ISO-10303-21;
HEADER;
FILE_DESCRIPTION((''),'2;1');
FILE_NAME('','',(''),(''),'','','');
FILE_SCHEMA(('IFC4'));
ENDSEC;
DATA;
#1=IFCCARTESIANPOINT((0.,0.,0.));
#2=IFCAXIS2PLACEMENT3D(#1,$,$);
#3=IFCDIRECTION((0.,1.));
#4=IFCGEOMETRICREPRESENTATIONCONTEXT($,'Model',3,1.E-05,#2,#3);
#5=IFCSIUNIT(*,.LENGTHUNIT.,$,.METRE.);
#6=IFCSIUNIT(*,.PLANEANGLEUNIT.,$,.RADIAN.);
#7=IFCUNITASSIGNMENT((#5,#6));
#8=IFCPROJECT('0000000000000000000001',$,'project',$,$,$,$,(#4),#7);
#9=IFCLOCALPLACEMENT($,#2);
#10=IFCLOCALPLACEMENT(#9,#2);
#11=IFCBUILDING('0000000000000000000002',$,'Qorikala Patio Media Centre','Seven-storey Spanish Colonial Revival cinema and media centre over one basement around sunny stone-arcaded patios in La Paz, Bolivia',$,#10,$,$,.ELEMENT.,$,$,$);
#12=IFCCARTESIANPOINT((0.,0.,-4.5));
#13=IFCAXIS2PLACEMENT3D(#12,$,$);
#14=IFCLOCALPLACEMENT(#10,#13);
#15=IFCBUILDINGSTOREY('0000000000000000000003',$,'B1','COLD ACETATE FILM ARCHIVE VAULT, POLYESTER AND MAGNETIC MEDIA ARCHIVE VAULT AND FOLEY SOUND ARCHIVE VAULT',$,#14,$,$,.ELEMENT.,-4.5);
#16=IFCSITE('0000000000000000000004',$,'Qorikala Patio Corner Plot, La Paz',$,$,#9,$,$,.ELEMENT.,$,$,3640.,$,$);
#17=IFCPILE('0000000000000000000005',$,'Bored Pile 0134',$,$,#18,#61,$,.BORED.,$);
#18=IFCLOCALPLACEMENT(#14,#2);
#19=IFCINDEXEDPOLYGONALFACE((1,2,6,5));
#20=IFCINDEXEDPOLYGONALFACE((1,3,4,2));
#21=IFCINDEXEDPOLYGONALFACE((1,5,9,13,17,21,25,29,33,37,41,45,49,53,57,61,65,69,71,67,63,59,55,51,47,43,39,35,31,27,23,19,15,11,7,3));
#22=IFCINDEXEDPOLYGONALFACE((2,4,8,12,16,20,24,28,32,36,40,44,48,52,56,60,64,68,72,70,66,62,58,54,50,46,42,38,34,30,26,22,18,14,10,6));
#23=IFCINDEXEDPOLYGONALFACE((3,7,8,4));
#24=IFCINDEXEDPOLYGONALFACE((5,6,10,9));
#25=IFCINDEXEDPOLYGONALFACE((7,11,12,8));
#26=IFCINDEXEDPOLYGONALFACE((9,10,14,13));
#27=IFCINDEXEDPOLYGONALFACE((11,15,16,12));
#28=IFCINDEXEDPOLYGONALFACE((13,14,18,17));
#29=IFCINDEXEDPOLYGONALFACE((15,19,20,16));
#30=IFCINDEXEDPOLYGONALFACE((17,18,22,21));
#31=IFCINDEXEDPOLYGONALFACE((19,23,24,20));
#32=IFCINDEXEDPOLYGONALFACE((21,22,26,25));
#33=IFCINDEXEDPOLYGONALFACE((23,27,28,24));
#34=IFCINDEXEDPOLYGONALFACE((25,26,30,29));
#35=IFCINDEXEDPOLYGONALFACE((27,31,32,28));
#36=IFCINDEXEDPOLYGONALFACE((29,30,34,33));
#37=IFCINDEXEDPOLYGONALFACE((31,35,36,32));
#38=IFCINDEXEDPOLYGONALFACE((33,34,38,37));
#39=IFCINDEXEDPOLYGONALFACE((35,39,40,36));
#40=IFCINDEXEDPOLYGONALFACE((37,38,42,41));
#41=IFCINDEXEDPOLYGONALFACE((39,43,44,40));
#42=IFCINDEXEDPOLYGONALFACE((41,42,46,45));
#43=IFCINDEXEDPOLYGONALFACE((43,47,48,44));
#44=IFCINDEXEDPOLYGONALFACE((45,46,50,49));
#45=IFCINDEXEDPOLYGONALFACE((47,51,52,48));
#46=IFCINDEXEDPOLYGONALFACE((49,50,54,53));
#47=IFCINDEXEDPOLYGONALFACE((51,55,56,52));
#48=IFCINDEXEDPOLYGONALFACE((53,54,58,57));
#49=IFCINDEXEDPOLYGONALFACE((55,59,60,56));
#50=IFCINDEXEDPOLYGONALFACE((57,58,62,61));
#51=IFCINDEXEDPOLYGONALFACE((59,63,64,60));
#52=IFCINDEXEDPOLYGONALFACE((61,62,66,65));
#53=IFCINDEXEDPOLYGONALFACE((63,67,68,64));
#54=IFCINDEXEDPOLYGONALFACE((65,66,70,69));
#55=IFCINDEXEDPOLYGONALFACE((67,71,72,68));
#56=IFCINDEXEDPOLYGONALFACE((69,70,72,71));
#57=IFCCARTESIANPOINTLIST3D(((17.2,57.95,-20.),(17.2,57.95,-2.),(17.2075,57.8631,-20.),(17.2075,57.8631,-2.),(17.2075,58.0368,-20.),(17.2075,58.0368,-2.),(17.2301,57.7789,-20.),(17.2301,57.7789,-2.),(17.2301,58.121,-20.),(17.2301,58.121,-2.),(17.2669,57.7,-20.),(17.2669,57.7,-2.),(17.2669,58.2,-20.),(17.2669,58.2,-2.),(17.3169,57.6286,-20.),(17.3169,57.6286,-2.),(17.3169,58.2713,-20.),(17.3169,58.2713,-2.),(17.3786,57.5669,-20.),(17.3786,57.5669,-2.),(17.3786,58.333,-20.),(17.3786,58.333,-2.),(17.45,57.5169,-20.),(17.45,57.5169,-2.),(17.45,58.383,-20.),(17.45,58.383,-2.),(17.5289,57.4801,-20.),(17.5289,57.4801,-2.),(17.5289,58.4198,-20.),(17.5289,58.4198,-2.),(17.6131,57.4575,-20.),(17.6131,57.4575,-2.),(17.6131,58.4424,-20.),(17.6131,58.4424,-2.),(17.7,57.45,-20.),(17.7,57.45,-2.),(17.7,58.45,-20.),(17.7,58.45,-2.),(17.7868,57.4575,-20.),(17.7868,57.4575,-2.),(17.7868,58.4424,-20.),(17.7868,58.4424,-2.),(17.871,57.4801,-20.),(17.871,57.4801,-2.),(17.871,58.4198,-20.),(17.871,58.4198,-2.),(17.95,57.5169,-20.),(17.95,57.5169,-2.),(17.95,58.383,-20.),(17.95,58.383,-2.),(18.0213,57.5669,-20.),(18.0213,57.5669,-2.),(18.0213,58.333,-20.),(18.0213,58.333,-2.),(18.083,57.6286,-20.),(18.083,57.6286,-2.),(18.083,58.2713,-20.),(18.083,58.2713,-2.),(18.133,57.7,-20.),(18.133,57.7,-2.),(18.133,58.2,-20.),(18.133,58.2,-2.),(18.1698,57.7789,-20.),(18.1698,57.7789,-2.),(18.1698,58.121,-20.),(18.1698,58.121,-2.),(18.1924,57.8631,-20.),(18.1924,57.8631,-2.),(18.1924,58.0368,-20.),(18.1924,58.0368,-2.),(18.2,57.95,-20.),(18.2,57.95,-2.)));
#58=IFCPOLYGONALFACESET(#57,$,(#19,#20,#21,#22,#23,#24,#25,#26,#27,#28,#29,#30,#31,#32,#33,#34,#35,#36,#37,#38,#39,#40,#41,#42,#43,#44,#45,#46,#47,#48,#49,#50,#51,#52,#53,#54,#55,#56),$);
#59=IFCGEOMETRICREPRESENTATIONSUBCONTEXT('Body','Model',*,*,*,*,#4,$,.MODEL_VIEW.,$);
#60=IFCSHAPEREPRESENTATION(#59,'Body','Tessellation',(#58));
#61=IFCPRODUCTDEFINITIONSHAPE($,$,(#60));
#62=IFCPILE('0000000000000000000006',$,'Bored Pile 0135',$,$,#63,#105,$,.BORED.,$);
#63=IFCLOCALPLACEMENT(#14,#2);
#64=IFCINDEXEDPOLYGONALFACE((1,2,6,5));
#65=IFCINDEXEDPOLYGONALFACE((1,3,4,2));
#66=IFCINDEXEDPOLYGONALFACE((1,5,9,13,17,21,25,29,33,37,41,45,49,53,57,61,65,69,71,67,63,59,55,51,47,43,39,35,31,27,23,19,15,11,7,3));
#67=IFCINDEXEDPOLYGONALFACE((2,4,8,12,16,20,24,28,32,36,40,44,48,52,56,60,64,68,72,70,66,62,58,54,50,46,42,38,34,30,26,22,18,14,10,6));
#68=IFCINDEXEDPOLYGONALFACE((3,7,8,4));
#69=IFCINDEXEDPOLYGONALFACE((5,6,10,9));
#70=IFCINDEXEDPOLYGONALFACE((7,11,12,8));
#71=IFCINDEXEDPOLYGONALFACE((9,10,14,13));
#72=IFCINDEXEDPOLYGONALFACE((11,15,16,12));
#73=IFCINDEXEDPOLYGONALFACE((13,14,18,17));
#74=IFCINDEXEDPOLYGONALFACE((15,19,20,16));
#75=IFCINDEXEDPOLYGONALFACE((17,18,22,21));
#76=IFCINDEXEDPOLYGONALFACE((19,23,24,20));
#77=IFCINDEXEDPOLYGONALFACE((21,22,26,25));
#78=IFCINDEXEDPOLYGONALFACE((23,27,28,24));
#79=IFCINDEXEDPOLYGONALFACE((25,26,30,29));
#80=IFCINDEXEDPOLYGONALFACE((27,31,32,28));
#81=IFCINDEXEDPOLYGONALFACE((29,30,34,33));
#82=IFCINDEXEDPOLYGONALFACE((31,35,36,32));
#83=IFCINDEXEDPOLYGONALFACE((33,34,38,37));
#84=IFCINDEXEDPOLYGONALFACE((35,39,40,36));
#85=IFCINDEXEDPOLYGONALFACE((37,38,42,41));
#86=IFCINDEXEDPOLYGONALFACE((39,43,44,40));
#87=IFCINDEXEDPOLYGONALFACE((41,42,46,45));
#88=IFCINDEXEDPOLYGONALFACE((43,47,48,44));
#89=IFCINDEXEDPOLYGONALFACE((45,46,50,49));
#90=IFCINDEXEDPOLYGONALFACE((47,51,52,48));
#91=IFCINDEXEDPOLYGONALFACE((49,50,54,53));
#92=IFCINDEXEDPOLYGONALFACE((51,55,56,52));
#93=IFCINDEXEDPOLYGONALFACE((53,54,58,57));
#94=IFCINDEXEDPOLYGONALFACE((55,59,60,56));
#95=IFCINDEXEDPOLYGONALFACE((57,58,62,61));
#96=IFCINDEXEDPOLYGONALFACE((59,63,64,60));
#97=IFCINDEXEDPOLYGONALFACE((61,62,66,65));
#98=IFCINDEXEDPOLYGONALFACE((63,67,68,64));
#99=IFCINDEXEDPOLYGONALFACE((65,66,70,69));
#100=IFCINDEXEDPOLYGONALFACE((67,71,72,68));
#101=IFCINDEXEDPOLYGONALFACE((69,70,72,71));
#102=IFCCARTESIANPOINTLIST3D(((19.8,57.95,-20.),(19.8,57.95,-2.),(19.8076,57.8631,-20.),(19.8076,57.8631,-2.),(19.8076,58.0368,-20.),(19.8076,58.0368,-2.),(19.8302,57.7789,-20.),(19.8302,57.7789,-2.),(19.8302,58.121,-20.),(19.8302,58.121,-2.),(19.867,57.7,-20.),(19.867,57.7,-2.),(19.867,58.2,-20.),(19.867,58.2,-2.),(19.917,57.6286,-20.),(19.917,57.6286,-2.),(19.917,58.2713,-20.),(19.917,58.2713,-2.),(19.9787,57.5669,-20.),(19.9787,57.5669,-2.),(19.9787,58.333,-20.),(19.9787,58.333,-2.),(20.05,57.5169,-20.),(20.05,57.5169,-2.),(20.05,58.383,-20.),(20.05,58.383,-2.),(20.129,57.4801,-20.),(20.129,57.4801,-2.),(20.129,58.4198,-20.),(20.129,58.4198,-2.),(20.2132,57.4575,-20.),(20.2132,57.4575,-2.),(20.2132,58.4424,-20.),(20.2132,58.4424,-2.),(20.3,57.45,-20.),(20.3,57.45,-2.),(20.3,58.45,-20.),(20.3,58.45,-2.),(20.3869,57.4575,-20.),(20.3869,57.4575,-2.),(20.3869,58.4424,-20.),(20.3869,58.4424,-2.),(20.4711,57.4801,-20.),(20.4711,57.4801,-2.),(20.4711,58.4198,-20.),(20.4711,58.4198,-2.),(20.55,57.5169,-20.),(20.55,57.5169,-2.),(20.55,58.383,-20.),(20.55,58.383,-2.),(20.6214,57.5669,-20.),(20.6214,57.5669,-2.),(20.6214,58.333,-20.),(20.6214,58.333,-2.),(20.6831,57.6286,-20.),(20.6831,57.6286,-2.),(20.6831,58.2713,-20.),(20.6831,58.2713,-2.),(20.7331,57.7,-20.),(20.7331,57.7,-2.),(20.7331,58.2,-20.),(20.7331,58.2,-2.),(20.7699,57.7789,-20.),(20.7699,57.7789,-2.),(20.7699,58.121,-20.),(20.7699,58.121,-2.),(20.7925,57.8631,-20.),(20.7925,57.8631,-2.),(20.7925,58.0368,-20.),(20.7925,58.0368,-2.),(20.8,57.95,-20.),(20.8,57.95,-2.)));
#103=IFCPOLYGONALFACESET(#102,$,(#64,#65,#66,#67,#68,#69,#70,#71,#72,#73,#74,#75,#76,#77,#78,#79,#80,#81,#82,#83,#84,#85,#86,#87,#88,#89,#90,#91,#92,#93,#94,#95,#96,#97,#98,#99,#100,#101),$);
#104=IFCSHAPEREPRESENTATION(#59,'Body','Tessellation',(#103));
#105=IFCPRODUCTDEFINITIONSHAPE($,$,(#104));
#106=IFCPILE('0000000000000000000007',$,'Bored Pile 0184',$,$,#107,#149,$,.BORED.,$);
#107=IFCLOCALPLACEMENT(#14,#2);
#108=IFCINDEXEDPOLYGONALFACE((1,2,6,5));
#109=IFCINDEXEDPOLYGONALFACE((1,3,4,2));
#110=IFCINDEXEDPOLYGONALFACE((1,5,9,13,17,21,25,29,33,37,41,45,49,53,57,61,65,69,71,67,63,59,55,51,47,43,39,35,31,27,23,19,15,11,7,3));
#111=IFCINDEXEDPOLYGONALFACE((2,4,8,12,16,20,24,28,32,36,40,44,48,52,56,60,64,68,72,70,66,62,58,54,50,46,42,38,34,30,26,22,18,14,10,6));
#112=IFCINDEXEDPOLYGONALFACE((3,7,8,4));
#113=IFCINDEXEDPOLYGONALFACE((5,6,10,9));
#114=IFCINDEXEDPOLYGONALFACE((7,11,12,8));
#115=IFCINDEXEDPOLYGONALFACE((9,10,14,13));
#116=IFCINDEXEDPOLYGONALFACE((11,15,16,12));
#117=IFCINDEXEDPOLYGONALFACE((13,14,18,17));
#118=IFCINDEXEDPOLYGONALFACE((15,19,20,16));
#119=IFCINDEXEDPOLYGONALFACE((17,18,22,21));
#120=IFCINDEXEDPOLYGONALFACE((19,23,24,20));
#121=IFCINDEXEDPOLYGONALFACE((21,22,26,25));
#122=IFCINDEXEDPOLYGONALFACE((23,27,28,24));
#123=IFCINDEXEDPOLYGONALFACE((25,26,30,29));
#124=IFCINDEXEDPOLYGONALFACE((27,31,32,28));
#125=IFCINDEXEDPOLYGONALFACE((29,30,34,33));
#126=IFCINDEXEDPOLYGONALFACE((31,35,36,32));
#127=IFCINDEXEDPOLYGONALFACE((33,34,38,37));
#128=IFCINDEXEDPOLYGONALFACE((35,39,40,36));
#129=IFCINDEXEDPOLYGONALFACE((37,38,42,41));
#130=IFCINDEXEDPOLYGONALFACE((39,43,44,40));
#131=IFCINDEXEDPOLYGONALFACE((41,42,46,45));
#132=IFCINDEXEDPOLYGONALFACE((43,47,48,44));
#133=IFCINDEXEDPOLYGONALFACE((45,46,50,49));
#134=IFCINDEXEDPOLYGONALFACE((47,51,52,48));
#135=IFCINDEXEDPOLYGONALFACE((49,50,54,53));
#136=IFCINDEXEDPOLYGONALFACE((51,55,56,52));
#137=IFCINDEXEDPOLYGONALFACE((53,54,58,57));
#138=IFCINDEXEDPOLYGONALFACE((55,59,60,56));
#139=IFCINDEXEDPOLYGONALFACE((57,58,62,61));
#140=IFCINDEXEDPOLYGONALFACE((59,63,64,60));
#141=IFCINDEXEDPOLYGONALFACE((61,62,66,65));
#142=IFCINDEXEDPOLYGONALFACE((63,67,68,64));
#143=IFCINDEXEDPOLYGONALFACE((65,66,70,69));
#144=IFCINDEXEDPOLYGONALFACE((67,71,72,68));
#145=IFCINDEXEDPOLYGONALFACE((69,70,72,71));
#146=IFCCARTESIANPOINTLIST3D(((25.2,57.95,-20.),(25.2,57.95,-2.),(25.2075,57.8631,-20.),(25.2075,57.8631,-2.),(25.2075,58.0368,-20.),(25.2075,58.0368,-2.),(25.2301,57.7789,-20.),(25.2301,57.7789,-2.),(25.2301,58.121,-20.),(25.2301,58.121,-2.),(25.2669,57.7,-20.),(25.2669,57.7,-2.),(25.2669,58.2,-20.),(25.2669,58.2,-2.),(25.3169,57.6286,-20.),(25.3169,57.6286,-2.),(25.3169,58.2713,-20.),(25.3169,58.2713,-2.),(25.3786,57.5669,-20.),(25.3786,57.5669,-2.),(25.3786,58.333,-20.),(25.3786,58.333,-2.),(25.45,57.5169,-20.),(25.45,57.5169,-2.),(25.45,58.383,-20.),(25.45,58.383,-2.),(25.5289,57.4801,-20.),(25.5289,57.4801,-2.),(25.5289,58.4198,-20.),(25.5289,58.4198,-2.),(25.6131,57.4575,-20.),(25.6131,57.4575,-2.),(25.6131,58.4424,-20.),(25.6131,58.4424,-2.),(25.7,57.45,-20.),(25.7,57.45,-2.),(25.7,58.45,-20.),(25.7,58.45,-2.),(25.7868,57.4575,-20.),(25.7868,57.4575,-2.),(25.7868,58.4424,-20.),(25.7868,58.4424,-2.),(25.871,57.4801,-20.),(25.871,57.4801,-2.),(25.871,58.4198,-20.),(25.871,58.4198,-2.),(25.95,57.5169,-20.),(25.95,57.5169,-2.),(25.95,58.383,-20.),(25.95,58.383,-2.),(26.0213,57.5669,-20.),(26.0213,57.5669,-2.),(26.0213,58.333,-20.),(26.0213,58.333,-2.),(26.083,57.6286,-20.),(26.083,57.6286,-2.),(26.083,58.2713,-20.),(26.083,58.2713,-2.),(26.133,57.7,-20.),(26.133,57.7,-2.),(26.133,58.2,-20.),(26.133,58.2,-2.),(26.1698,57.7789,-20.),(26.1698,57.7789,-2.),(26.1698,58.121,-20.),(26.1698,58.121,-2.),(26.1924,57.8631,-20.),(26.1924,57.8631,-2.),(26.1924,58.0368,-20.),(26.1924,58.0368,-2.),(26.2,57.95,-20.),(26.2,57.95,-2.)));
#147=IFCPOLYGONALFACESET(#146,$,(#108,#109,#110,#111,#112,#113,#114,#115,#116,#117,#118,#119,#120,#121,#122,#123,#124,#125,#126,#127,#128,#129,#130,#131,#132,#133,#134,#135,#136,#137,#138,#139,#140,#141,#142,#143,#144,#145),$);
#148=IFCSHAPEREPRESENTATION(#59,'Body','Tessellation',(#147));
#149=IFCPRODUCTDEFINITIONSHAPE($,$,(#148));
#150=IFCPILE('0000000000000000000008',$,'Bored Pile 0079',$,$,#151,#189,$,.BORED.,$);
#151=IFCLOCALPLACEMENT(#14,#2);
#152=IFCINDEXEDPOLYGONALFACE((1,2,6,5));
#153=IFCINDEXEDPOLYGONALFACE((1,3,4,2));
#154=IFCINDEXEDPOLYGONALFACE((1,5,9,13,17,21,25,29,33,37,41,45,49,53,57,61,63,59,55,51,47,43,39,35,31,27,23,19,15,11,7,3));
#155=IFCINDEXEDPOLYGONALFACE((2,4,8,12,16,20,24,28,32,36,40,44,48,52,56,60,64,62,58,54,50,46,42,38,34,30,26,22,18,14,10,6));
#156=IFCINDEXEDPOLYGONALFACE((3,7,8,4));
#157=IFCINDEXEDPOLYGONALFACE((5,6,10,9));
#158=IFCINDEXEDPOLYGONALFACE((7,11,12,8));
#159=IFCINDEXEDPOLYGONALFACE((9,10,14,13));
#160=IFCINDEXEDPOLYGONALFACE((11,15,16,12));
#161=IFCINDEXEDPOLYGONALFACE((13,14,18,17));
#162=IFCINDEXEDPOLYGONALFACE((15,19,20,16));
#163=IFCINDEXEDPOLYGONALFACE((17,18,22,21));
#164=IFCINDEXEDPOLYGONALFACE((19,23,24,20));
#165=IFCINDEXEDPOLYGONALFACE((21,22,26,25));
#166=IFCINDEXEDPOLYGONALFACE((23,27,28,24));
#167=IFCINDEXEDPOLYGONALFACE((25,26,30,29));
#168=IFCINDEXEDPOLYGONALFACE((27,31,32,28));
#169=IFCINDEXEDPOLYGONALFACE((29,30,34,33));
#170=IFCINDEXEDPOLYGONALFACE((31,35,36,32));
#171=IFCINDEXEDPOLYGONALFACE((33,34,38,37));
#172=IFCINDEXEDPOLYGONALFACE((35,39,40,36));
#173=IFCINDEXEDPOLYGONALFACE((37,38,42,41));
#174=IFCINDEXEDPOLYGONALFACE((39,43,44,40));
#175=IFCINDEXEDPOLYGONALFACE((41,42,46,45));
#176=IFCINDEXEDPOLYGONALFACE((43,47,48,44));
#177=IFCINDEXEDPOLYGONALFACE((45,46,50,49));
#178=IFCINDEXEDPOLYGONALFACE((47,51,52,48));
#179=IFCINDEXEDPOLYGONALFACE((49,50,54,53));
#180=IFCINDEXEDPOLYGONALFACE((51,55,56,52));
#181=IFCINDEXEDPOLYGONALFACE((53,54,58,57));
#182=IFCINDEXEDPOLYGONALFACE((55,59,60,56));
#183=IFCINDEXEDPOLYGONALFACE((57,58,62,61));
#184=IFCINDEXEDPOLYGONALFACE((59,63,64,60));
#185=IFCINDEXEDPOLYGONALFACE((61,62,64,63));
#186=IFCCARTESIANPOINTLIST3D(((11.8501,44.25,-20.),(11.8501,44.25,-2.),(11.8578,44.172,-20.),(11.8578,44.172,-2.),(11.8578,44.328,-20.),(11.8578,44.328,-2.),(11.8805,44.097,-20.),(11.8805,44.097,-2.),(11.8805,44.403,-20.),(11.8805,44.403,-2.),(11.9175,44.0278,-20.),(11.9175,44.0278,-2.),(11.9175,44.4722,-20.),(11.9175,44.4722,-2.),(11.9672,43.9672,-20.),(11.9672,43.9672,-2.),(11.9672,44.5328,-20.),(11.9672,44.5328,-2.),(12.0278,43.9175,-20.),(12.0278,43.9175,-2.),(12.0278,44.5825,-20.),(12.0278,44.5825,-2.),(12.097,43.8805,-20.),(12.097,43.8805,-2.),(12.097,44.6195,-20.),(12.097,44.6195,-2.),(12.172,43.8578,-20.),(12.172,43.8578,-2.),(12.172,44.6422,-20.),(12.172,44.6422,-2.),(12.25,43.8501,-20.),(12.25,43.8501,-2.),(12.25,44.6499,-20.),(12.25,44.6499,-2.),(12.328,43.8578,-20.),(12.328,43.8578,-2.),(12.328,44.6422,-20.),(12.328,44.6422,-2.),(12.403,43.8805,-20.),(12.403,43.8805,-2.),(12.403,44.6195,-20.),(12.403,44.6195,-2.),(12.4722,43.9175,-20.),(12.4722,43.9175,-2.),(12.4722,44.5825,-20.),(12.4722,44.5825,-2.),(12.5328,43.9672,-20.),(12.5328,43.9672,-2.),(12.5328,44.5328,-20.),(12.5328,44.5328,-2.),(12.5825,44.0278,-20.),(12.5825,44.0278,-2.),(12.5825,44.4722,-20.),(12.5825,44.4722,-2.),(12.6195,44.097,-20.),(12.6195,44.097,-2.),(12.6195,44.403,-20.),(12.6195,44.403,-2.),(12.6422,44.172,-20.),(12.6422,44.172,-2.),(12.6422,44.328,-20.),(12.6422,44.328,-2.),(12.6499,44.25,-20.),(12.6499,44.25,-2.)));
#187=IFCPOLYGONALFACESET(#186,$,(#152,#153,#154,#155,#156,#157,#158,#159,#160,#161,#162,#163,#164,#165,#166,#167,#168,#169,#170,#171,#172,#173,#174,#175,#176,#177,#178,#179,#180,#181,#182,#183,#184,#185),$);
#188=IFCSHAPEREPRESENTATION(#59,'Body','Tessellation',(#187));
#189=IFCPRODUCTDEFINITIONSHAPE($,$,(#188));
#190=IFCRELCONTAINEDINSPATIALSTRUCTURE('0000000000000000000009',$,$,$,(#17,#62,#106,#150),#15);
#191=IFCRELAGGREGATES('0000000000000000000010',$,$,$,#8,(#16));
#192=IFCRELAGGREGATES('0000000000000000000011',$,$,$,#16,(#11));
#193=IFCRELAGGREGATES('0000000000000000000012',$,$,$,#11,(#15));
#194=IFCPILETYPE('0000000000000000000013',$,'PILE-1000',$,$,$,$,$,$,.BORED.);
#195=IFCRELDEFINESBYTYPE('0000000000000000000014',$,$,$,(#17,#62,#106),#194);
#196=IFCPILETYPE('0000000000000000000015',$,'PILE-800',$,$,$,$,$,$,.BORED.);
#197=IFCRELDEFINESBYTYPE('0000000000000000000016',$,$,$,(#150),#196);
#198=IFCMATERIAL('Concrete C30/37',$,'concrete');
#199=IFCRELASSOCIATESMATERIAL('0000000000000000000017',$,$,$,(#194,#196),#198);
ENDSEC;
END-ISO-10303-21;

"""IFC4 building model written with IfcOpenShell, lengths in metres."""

from ifc_helpers import new_model, si_unit, direction, frame, origin, origin_2d, place, context, subcontext, project, spatial, circle, extrude, material, material_profile, profile_set, type_object, element, save


model = new_model("IFC4")

# Units and contexts
model_context = context("Model", 3, precision=1e-05, world=origin(), true_north=direction((0.0, 1.0)))
body_context = subcontext(model_context, "Body", "Model", "MODEL_VIEW")
ifc_project = project(units=[si_unit("LENGTHUNIT", "METRE"), si_unit("PLANEANGLEUNIT", "RADIAN")], contexts=[model_context])

# Site, building, storey
site_placement = place(None, origin())
site = spatial("IfcSite", under=ifc_project, at=site_placement, Name="Qorikala Patio Corner Plot, La Paz", CompositionType="ELEMENT", RefElevation=3640.0)
building_placement = place(site_placement, origin())
building = spatial("IfcBuilding", under=site, at=building_placement, Name="Qorikala Patio Media Centre", Description="Seven-storey Spanish Colonial Revival cinema and media centre over one basement around sunny stone-arcaded patios in La Paz, Bolivia", CompositionType="ELEMENT")
storey_placement = place(building_placement, frame((0.0, 0.0, -4.5)))
storey = spatial("IfcBuildingStorey", under=building, at=storey_placement, Name="B1", Description="COLD ACETATE FILM ARCHIVE VAULT, POLYESTER AND MAGNETIC MEDIA ARCHIVE VAULT AND FOLEY SOUND ARCHIVE VAULT", CompositionType="ELEMENT", Elevation=-4.5)

# Shared definitions
ifc_material_1 = material(Name="Concrete C30/37", Category="concrete")

# Piles
ifc_material_profile_1 = material_profile(ifc_material_1, circle(Radius=0.5, at=origin_2d()), Name="BORED PILE 1000")
ifc_profile_set_1 = profile_set([ifc_material_profile_1], Name="Concrete C30/37")
pile_type_1 = type_object("IfcPileType", Name="PILE-1000", PredefinedType="BORED", material=ifc_profile_set_1)
for number, where, z_axis, x_axis, name in (
    (1, (17.7, 57.95, -2.0), (0.0, 0.0, -1.0), (1.0, 0.0, 0.0), "Bored Pile 0134"),
    (2, (20.3, 57.95, -2.0), (0.0, 0.0, -1.0), (1.0, 0.0, 0.0), "Bored Pile 0135"),
    (3, (25.7, 57.95, -2.0), (0.0, 0.0, -1.0), (1.0, 0.0, 0.0), "Bored Pile 0184"),
):
    element("IfcPile", number, at=place(storey_placement, frame(where, z_axis=z_axis, x_axis=x_axis)), inside=storey, type_object=pile_type_1, Name=name, PredefinedType="BORED", context=body_context, shape_type="SweptSolid", body=[
        extrude(circle(Radius=0.5, at=origin_2d()), origin(), (0.0, 0.0, 1.0), 18.0),
    ])
ifc_material_profile_2 = material_profile(ifc_material_1, circle(Radius=0.3999, at=origin_2d()), Name="BORED PILE 800")
ifc_profile_set_2 = profile_set([ifc_material_profile_2], Name="Concrete C30/37")
pile_type_2 = type_object("IfcPileType", Name="PILE-800", PredefinedType="BORED", material=ifc_profile_set_2)
for number, where, z_axis, x_axis, name in (
    (4, (12.25, 44.25, -2.0), (0.0, 0.0, -1.0), (1.0, 0.0, 0.0), "Bored Pile 0079"),
):
    element("IfcPile", number, at=place(storey_placement, frame(where, z_axis=z_axis, x_axis=x_axis)), inside=storey, type_object=pile_type_2, Name=name, PredefinedType="BORED", context=body_context, shape_type="SweptSolid", body=[
        extrude(circle(Radius=0.3999, at=origin_2d()), origin(), (0.0, 0.0, 1.0), 18.0),
    ])

save(model, "model.ifc")
